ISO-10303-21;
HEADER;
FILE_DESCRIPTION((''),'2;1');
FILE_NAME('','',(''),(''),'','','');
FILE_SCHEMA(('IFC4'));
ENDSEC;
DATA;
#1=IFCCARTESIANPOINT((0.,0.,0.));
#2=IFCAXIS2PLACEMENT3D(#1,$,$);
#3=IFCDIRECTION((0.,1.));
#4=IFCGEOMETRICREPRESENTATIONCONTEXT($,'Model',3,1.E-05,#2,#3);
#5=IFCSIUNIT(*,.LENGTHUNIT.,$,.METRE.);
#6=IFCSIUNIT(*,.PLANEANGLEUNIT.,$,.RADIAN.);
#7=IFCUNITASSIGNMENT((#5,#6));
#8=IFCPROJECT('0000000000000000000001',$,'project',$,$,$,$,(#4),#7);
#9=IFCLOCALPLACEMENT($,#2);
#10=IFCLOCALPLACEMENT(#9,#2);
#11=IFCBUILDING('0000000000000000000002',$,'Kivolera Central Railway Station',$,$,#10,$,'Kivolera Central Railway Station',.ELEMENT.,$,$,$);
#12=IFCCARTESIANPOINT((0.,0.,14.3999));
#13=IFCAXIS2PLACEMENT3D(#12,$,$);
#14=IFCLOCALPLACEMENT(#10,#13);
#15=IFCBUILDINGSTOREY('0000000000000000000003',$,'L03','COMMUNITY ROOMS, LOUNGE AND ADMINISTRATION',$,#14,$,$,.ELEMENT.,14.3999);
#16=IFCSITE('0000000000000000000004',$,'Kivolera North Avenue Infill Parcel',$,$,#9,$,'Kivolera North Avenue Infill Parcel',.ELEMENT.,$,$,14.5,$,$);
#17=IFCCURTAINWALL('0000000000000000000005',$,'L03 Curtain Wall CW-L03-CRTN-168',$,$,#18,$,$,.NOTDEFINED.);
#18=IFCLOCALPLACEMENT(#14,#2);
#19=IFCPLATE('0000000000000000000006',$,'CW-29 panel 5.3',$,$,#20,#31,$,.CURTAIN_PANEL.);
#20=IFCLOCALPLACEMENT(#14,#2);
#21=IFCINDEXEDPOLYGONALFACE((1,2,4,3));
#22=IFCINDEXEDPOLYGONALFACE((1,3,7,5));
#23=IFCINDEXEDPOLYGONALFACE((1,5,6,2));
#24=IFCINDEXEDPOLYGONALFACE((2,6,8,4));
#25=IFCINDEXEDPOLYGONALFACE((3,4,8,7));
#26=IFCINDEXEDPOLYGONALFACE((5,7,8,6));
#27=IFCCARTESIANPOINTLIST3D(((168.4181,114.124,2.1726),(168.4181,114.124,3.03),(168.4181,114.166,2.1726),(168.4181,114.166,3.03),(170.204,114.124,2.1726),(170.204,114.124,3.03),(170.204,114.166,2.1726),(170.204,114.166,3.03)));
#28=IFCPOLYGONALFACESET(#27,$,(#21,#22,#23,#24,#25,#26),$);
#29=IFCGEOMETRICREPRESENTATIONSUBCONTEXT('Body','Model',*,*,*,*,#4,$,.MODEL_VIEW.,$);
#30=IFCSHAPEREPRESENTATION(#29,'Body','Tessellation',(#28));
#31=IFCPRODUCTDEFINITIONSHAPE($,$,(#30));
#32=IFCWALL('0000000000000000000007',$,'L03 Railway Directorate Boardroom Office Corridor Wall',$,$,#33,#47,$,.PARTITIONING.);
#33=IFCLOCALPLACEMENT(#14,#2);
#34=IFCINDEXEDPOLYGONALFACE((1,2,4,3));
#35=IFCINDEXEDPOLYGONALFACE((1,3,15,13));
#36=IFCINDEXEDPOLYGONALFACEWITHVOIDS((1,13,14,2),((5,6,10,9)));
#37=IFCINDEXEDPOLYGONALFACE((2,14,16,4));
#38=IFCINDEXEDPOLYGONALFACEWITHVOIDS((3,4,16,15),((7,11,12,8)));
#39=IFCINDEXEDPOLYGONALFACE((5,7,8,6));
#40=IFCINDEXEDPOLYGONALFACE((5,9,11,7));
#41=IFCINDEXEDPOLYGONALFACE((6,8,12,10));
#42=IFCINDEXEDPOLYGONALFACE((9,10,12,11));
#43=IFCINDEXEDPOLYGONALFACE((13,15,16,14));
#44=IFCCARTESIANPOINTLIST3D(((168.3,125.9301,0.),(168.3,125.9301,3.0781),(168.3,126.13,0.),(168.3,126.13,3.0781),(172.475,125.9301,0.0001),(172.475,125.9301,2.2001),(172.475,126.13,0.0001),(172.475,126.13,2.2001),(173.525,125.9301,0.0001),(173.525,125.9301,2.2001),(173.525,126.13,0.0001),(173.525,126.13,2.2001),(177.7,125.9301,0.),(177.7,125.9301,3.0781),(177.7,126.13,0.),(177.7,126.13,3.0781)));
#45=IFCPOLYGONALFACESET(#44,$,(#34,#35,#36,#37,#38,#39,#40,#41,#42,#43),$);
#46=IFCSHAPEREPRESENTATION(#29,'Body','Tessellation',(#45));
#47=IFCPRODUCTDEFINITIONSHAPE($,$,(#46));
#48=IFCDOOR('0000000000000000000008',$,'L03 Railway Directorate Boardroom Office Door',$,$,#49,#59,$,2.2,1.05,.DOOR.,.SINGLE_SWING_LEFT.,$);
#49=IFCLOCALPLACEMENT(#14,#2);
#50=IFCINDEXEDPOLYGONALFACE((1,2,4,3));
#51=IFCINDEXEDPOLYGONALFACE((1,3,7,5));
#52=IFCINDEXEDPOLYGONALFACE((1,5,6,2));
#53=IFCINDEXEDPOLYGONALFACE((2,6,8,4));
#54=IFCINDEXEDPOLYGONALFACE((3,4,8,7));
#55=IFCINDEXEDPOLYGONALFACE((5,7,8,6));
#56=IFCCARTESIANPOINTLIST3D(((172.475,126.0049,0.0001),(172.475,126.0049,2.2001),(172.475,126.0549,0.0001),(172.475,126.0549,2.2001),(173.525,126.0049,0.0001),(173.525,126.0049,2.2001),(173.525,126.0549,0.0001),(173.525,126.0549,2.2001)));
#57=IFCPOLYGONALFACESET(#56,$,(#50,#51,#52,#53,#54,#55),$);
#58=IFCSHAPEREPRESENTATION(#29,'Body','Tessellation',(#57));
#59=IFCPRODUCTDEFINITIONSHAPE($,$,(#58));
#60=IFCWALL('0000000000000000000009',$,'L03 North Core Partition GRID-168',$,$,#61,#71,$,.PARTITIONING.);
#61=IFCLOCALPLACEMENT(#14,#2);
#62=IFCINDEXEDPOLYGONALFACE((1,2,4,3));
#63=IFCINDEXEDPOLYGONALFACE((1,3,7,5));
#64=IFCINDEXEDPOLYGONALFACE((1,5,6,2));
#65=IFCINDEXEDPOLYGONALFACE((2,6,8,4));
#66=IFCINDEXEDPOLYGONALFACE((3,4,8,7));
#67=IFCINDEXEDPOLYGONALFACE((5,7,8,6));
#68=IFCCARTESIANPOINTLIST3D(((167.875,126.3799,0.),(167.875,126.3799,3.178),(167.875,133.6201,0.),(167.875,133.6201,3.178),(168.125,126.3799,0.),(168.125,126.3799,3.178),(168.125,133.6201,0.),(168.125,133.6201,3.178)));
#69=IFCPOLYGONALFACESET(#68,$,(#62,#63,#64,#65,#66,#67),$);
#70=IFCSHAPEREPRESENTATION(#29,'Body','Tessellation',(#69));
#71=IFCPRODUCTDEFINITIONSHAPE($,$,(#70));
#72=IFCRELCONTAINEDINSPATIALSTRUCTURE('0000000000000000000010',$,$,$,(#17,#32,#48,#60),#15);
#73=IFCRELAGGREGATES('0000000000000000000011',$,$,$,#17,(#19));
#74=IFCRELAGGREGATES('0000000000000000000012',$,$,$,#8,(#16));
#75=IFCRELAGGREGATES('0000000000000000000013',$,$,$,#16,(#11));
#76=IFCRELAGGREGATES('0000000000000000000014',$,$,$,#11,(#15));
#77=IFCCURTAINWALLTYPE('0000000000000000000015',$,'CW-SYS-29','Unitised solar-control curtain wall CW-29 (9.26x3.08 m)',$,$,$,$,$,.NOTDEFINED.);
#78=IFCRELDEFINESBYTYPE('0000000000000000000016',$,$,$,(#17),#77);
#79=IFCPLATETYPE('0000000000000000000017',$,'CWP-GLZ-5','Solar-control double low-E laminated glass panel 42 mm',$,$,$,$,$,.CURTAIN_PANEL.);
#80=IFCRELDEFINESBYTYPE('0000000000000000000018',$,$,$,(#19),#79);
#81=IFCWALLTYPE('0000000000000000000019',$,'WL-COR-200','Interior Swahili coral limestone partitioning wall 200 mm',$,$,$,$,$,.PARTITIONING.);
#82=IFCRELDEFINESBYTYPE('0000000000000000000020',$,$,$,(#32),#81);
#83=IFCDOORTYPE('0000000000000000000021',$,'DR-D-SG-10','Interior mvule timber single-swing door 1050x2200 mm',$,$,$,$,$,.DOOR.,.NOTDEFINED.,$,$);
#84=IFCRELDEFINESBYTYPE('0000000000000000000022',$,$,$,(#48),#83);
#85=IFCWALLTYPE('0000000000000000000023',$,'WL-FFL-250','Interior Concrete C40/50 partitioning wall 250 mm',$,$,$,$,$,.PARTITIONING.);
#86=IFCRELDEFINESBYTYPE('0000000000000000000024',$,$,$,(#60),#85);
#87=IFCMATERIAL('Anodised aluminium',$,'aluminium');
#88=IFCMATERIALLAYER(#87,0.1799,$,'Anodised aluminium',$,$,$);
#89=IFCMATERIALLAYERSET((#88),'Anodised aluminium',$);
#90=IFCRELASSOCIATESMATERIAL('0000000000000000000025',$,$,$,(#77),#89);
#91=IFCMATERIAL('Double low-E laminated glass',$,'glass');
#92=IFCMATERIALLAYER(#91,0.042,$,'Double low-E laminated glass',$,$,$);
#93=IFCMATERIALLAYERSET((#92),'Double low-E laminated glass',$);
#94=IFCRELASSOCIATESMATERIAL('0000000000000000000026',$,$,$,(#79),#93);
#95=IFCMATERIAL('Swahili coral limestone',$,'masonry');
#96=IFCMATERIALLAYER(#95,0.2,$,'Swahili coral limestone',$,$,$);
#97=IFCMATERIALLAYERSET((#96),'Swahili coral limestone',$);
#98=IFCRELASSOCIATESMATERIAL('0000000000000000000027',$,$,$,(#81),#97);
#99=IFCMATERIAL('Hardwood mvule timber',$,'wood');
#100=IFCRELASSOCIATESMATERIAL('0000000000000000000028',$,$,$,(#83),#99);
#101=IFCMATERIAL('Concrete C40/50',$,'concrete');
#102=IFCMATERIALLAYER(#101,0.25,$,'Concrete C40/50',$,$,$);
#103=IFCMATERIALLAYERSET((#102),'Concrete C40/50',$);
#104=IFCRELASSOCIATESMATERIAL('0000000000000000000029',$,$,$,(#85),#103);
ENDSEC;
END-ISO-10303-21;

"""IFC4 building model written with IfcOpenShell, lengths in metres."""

from ifc_helpers import new_model, si_unit, direction, frame, frame_2d, origin, origin_2d, place, context, subcontext, project, spatial, rectangle, extrude, material, layer, layer_set, type_object, element, fill, aggregate, save


model = new_model("IFC4")

# Units and contexts
model_context = context("Model", 3, precision=1e-05, world=origin(), true_north=direction((0.0, 1.0)))
body_context = subcontext(model_context, "Body", "Model", "MODEL_VIEW")
ifc_project = project(units=[si_unit("LENGTHUNIT", "METRE"), si_unit("PLANEANGLEUNIT", "RADIAN")], contexts=[model_context])

# Site, building, storey
site_placement = place(None, origin())
site = spatial("IfcSite", under=ifc_project, at=site_placement, Name="Kivolera North Avenue Infill Parcel", LongName="Kivolera North Avenue Infill Parcel", CompositionType="ELEMENT", RefElevation=14.5)
building_placement = place(site_placement, origin())
building = spatial("IfcBuilding", under=site, at=building_placement, Name="Kivolera Central Railway Station", LongName="Kivolera Central Railway Station", CompositionType="ELEMENT")
storey_placement = place(building_placement, frame((0.0, 0.0, 14.3999)))
storey = spatial("IfcBuildingStorey", under=building, at=storey_placement, Name="L03", Description="COMMUNITY ROOMS, LOUNGE AND ADMINISTRATION", CompositionType="ELEMENT", Elevation=14.3999)

# Shared definitions
ifc_material_1 = material(Name="Concrete C40/50", Category="concrete")

# Shared definitions
ifc_material_2 = material(Name="Anodised aluminium", Category="aluminium")
ifc_layer_1 = layer(ifc_material_2, 0.1799, Name="Anodised aluminium")
ifc_layer_set_1 = layer_set([ifc_layer_1], Name="Anodised aluminium")
curtain_wall_type = type_object("IfcCurtainWallType", Name="CW-SYS-29", Description="Unitised solar-control curtain wall CW-29 (9.26x3.08 m)", PredefinedType="NOTDEFINED", material=ifc_layer_set_1)

# Curtain wall
curtain_wall_1_placement = place(storey_placement, origin())
curtain_wall_1 = element("IfcCurtainWall", 1, at=curtain_wall_1_placement, inside=storey, type_object=curtain_wall_type, Name="L03 Curtain Wall CW-L03-CRTN-168", PredefinedType="NOTDEFINED")

# Plate
ifc_material_3 = material(Name="Double low-E laminated glass", Category="glass")
ifc_layer_2 = layer(ifc_material_3, 0.042, Name="Double low-E laminated glass")
ifc_layer_set_2 = layer_set([ifc_layer_2], Name="Double low-E laminated glass")
plate_type = type_object("IfcPlateType", Name="CWP-GLZ-5", Description="Solar-control double low-E laminated glass panel 42 mm", PredefinedType="CURTAIN_PANEL", material=ifc_layer_set_2)
plate_1_placement = place(storey_placement, frame((169.311, 114.145, 2.1726), z_axis=(0.0, 0.0, 1.0), x_axis=(-1.0, 0.0, 0.0)))
plate_1 = element("IfcPlate", 2, at=plate_1_placement, type_object=plate_type, Name="CW-29 panel 5.3", PredefinedType="CURTAIN_PANEL", context=body_context, shape_type="SweptSolid", body=[
    extrude(rectangle(XDim=1.7859, YDim=0.042, at=origin_2d()), origin(), (0.0, 0.0, 1.0), 0.8574),
])
aggregate(curtain_wall_1, [plate_1])

# Wall, opening, door
ifc_material_4 = material(Name="Swahili coral limestone", Category="masonry")
ifc_layer_3 = layer(ifc_material_4, 0.2, Name="Swahili coral limestone")
ifc_layer_set_3 = layer_set([ifc_layer_3], Name="Swahili coral limestone")
wall_type_1 = type_object("IfcWallType", Name="WL-COR-200", Description="Interior Swahili coral limestone partitioning wall 200 mm", PredefinedType="PARTITIONING", material=ifc_layer_set_3)
wall_1_placement = place(storey_placement, frame((168.3, 126.03, 0.0), z_axis=(0.0, 0.0, 1.0), x_axis=(1.0, 0.0, 0.0)))
wall_1 = element("IfcWall", 3, at=wall_1_placement, inside=storey, type_object=wall_type_1, Name="L03 Railway Directorate Boardroom Office Corridor Wall", PredefinedType="PARTITIONING", context=body_context, shape_type="SweptSolid", body=[
    extrude(rectangle(XDim=9.3999, YDim=0.2, at=frame_2d((4.7, 0.0))), origin(), (0.0, 0.0, 1.0), 3.0781),
])
opening_placement = place(wall_1_placement, frame((4.175, 0.0, 0.0)))
opening = element("IfcOpeningElement", 4, at=opening_placement, cuts=wall_1, PredefinedType="OPENING", context=body_context, shape_type="SweptSolid", body=[
    extrude(rectangle(XDim=1.05, YDim=2.2, at=frame_2d((0.5249, 1.1001))), frame((0.0, 0.1099, 0.0), z_axis=(0.0, -1.0, 0.0), x_axis=(1.0, 0.0, 0.0)), (0.0, 0.0, 1.0), 0.22),
])
ifc_material_5 = material(Name="Hardwood mvule timber", Category="wood")
door_type = type_object("IfcDoorType", Name="DR-D-SG-10", Description="Interior mvule timber single-swing door 1050x2200 mm", OperationType="NOTDEFINED", PredefinedType="DOOR", material=ifc_material_5)
door_placement = place(opening_placement, origin())
door = element("IfcDoor", 5, at=door_placement, inside=storey, type_object=door_type, Name="L03 Railway Directorate Boardroom Office Door", OperationType="SINGLE_SWING_LEFT", OverallHeight=2.2, OverallWidth=1.05, PredefinedType="DOOR", context=body_context, shape_type="SweptSolid", body=[
    extrude(rectangle(XDim=1.05, YDim=2.2, at=frame_2d((0.5249, 1.1001))), frame((0.0, 0.0249, 0.0), z_axis=(0.0, -1.0, 0.0), x_axis=(1.0, 0.0, 0.0)), (0.0, 0.0, 1.0), 0.05),
])
fill(opening, door)

# Wall
ifc_layer_4 = layer(ifc_material_1, 0.25, Name="Concrete C40/50")
ifc_layer_set_4 = layer_set([ifc_layer_4], Name="Concrete C40/50")
wall_type_2 = type_object("IfcWallType", Name="WL-FFL-250", Description="Interior Concrete C40/50 partitioning wall 250 mm", PredefinedType="PARTITIONING", material=ifc_layer_set_4)
wall_2_placement = place(storey_placement, frame((168.0, 126.3799, 0.0), z_axis=(0.0, 0.0, 1.0), x_axis=(0.0, 1.0, 0.0)))
element("IfcWall", 6, at=wall_2_placement, inside=storey, type_object=wall_type_2, Name="L03 North Core Partition GRID-168", PredefinedType="PARTITIONING", context=body_context, shape_type="SweptSolid", body=[
    extrude(rectangle(XDim=7.2402, YDim=0.25, at=frame_2d((3.6201, 0.0))), origin(), (0.0, 0.0, 1.0), 3.178),
])

save(model, "model.ifc")
